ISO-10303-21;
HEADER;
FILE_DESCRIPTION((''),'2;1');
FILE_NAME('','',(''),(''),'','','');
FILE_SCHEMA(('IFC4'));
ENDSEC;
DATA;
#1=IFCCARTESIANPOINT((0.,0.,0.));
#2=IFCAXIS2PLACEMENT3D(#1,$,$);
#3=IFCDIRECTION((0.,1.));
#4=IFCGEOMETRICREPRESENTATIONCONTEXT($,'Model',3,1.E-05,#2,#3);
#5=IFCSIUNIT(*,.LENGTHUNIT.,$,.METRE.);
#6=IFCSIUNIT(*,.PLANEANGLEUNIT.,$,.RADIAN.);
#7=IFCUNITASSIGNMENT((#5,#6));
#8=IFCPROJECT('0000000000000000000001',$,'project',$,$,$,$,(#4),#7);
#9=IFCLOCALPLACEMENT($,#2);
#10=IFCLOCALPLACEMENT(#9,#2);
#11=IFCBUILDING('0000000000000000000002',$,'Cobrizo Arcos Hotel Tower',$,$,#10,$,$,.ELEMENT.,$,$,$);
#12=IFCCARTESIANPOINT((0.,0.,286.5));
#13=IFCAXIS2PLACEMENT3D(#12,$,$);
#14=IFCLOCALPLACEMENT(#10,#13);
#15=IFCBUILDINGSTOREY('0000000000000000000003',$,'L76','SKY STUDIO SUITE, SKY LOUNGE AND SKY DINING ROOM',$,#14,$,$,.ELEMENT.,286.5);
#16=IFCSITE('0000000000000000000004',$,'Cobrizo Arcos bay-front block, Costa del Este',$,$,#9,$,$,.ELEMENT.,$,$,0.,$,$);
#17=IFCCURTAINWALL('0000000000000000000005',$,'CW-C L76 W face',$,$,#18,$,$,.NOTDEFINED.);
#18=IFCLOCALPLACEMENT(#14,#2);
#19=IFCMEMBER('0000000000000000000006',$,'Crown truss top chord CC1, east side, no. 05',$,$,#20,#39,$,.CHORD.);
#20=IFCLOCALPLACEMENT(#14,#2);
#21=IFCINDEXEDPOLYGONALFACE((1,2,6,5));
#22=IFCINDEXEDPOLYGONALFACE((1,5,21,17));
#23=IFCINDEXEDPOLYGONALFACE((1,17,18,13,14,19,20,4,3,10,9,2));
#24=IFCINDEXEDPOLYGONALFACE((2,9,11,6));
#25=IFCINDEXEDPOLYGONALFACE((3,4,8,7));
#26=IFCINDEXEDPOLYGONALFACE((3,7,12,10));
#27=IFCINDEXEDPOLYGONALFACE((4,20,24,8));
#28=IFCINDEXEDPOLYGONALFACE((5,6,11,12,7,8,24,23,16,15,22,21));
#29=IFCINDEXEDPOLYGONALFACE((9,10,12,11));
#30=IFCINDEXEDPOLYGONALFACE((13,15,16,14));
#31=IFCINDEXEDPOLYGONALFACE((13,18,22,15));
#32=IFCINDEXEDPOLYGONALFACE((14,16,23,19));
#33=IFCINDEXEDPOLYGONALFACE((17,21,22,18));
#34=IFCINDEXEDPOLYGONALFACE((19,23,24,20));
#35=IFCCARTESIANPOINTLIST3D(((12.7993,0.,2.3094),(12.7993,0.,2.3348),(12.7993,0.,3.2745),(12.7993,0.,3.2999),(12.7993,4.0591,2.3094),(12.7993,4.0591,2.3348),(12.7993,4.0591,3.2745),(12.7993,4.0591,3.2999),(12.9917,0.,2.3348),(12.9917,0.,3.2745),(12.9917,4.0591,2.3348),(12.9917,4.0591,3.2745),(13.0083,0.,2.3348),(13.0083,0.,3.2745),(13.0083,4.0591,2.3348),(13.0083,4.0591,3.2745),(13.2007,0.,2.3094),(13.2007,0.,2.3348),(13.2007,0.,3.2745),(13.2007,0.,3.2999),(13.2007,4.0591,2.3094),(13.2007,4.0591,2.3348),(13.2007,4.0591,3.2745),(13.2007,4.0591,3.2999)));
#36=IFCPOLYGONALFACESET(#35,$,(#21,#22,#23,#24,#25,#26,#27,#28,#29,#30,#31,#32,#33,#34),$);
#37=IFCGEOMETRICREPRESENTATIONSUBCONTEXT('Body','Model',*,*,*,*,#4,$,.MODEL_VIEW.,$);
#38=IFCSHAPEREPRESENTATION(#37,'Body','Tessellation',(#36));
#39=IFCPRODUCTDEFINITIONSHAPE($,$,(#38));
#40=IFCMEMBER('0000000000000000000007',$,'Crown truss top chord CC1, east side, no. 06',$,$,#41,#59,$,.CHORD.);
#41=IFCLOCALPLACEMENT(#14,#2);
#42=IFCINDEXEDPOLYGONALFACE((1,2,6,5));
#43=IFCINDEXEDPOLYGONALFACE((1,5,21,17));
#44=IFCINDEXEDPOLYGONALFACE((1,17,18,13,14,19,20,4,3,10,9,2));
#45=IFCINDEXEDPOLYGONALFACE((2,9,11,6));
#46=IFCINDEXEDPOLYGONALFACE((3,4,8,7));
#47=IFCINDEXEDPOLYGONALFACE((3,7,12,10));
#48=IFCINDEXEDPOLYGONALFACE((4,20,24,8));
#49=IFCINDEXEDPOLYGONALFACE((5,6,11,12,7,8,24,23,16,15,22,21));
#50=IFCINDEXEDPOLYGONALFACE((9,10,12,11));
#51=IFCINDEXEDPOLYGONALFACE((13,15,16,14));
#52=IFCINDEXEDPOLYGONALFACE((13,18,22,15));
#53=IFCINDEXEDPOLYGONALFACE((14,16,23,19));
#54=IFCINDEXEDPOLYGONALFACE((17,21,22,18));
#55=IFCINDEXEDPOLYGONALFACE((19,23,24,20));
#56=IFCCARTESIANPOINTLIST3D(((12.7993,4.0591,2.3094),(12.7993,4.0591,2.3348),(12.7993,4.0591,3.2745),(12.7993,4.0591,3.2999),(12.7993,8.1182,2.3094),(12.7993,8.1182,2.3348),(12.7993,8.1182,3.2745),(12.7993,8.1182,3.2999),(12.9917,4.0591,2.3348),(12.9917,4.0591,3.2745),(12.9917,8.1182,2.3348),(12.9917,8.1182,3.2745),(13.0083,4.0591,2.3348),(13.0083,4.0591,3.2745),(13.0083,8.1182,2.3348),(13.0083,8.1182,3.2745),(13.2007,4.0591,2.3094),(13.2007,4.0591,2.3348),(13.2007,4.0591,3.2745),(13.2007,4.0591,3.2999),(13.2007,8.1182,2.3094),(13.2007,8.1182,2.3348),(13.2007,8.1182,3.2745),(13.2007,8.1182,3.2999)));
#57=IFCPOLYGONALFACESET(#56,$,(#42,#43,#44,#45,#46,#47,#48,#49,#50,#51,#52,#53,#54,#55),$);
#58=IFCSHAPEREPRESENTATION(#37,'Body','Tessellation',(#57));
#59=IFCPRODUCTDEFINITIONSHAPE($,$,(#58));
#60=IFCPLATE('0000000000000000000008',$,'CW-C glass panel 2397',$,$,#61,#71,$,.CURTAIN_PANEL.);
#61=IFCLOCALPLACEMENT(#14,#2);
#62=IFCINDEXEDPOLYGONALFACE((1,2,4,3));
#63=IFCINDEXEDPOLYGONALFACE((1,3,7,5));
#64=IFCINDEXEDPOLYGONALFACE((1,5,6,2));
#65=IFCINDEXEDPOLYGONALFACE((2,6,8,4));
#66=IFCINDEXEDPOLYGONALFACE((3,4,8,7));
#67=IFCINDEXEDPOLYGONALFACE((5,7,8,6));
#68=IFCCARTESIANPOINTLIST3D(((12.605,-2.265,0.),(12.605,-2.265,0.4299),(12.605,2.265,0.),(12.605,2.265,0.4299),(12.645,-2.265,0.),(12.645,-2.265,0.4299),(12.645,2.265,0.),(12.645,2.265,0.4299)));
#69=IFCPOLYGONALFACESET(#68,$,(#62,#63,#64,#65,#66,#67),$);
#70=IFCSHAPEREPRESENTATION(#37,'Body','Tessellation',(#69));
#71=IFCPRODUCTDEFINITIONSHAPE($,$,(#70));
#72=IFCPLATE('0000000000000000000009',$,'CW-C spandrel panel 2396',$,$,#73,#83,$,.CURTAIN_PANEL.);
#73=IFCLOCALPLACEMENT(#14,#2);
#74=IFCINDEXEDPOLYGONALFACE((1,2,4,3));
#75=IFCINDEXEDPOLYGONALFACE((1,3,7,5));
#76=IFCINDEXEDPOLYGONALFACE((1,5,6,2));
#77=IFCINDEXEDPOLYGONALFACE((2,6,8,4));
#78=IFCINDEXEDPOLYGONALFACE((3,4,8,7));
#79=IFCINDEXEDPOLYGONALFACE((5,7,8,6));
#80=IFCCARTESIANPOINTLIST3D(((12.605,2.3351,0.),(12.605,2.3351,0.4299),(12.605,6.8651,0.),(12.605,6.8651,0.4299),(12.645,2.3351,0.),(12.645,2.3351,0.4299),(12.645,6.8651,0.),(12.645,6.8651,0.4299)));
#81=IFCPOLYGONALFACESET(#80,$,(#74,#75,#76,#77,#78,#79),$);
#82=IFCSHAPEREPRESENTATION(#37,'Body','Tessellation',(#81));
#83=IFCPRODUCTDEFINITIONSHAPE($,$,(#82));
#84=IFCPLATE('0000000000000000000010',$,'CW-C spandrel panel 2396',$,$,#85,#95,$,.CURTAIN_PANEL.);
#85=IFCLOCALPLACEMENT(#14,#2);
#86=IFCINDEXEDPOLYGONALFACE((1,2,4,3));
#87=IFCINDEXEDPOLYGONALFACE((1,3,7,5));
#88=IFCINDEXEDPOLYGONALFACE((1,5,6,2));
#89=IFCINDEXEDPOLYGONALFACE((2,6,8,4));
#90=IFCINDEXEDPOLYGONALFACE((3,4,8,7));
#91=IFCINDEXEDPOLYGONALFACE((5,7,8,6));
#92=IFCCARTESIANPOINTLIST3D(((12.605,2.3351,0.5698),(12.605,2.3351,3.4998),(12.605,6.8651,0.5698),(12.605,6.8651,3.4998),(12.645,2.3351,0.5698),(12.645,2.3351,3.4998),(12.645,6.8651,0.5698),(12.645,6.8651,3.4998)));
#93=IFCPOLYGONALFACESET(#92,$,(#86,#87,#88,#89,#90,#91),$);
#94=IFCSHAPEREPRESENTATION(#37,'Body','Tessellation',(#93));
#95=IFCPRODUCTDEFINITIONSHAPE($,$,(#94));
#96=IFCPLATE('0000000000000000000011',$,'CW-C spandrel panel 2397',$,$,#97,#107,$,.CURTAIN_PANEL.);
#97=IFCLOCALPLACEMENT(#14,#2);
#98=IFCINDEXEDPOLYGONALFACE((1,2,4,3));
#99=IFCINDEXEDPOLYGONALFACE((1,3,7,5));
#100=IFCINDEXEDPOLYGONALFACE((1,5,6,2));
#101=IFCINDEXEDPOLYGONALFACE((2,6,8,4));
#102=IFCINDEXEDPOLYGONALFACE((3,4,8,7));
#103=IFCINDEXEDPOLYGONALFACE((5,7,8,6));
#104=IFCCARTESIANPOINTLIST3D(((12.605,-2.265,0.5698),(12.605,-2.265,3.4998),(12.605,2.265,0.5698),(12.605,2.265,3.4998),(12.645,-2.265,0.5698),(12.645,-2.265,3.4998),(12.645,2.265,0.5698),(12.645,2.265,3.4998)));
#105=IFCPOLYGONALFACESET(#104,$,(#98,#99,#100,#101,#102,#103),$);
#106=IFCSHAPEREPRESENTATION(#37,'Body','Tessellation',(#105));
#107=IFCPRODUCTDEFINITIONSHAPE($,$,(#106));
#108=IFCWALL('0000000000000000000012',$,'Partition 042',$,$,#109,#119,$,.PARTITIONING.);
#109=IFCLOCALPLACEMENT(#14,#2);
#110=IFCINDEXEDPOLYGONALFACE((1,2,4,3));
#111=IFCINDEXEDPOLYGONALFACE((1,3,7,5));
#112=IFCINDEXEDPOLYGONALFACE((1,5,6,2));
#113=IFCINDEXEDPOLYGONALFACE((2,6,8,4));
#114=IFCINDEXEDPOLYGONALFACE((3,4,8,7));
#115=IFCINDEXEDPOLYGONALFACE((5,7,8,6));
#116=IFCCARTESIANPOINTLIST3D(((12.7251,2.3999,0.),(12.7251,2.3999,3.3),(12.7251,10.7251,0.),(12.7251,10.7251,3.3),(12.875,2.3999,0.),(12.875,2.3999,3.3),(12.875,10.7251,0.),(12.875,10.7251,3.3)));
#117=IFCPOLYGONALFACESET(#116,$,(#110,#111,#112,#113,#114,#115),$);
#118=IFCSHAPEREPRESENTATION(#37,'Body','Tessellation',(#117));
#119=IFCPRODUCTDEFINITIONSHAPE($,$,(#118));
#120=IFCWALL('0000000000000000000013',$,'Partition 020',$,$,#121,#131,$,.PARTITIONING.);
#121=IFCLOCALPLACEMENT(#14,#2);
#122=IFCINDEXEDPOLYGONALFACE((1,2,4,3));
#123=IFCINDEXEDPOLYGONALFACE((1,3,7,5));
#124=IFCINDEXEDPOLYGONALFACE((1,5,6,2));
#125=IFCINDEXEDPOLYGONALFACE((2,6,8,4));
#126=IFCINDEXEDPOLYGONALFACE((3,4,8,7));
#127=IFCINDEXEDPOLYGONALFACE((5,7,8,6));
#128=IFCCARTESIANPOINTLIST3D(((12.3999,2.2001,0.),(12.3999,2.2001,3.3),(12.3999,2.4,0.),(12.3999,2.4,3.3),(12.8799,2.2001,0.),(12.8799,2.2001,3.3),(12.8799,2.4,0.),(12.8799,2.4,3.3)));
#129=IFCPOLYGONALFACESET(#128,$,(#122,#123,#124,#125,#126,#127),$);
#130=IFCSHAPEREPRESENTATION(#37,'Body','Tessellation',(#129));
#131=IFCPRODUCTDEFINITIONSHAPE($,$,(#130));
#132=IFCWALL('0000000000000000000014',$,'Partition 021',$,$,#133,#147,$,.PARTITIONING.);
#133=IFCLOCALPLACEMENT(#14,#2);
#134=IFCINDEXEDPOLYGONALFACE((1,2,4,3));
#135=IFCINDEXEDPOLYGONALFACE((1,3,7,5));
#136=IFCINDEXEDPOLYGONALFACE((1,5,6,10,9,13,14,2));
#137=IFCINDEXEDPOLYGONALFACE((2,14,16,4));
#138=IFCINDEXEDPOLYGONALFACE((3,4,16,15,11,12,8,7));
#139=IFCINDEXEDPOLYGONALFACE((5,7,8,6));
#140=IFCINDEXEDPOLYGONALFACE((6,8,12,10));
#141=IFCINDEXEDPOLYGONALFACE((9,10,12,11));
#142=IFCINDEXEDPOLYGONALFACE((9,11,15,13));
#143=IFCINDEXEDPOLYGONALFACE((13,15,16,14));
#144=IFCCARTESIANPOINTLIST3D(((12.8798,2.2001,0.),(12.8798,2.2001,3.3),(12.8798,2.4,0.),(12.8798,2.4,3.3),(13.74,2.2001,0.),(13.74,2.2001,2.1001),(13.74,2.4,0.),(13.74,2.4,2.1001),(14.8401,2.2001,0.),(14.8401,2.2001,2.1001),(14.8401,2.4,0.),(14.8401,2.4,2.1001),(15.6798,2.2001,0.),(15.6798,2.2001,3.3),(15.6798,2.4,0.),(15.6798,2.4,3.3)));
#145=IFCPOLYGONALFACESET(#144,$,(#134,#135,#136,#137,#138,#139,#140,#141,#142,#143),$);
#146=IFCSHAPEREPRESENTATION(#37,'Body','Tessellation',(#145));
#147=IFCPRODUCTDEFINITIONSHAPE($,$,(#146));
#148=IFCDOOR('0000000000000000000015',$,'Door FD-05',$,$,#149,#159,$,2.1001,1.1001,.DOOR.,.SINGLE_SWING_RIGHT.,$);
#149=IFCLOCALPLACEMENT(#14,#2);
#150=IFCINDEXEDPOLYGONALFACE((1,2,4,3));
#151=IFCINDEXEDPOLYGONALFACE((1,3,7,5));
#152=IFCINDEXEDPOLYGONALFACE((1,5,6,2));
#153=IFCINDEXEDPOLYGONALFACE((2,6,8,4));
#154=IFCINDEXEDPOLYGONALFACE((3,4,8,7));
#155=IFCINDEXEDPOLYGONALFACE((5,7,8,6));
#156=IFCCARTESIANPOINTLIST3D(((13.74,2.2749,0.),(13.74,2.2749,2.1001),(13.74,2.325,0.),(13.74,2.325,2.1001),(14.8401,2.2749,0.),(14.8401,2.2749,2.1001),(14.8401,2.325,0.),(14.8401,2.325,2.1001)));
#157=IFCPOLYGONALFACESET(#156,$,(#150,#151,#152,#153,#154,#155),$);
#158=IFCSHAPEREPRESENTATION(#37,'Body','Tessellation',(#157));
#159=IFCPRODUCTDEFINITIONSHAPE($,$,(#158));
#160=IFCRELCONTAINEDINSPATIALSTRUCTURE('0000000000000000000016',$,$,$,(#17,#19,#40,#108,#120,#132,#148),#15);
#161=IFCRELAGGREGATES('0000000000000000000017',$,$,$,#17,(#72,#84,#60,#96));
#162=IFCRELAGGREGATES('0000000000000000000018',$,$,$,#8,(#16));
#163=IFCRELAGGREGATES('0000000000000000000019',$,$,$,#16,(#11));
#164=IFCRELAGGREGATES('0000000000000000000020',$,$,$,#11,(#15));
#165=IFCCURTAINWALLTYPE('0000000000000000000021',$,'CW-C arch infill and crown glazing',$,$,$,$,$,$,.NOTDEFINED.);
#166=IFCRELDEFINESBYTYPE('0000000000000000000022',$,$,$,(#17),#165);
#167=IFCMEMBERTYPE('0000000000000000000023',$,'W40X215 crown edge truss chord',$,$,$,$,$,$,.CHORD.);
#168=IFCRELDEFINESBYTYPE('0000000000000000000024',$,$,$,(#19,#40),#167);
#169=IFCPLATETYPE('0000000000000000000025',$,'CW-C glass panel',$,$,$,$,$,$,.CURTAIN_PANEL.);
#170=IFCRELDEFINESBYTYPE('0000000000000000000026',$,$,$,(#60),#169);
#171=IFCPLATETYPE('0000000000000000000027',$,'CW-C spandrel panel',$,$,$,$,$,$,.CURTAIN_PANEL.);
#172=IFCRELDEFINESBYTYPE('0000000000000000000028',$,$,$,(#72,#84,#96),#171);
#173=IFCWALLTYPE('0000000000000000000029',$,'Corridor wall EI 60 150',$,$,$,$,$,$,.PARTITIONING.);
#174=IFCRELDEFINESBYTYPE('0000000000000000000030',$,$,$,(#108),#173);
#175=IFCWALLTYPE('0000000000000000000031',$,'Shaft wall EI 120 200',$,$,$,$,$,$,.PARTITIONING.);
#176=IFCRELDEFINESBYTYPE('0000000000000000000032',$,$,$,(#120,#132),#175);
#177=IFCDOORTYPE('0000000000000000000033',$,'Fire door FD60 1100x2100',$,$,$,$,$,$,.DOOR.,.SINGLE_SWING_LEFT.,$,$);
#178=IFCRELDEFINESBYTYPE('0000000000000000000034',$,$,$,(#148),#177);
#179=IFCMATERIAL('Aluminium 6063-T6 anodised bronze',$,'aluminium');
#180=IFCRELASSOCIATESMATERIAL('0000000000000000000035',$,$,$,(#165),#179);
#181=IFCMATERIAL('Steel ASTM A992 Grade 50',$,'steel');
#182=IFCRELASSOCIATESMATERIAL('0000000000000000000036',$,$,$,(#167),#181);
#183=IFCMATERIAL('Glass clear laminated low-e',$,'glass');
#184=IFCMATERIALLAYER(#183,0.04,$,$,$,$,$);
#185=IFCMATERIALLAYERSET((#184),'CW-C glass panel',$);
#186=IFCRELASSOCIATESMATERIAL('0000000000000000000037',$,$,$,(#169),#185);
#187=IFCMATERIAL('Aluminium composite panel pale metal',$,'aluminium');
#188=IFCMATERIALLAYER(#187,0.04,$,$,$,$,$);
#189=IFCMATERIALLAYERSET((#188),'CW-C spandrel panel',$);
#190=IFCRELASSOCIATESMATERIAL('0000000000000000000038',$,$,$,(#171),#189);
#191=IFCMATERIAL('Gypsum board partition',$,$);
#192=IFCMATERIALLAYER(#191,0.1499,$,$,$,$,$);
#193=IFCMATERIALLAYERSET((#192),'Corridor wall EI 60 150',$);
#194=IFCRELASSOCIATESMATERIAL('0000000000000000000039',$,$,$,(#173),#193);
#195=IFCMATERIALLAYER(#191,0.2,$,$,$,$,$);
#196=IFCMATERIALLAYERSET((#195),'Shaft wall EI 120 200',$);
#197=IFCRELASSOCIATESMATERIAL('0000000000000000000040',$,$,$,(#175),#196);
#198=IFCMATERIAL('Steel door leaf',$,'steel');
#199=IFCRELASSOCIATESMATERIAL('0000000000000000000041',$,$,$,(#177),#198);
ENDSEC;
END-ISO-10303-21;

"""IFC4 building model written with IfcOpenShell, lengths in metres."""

from ifc_helpers import new_model, si_unit, direction, frame, frame_2d, origin, origin_2d, place, context, subcontext, project, spatial, rectangle, i_section, extrude, material, layer, layer_set, material_profile, profile_set, type_object, element, fill, aggregate, save


model = new_model("IFC4")

# Units and contexts
model_context = context("Model", 3, precision=1e-05, world=origin(), true_north=direction((0.0, 1.0)))
body_context = subcontext(model_context, "Body", "Model", "MODEL_VIEW")
ifc_project = project(units=[si_unit("LENGTHUNIT", "METRE"), si_unit("PLANEANGLEUNIT", "RADIAN")], contexts=[model_context])

# Site, building, storey
site_placement = place(None, origin())
site = spatial("IfcSite", under=ifc_project, at=site_placement, Name="Cobrizo Arcos bay-front block, Costa del Este", CompositionType="ELEMENT", RefElevation=0.0)
building_placement = place(site_placement, origin())
building = spatial("IfcBuilding", under=site, at=building_placement, Name="Cobrizo Arcos Hotel Tower", CompositionType="ELEMENT")
storey_placement = place(building_placement, frame((0.0, 0.0, 286.5)))
storey = spatial("IfcBuildingStorey", under=building, at=storey_placement, Name="L76", Description="SKY STUDIO SUITE, SKY LOUNGE AND SKY DINING ROOM", CompositionType="ELEMENT", Elevation=286.5)

# Curtain wall
ifc_material_1 = material(Name="Aluminium 6063-T6 anodised bronze", Category="aluminium")
curtain_wall_type = type_object("IfcCurtainWallType", Name="CW-C arch infill and crown glazing", PredefinedType="NOTDEFINED", material=ifc_material_1)
curtain_wall_placement = place(storey_placement, origin())
curtain_wall = element("IfcCurtainWall", 1, at=curtain_wall_placement, inside=storey, type_object=curtain_wall_type, Name="CW-C L76 W face", PredefinedType="NOTDEFINED")

# Shared definitions
ifc_material_2 = material(Name="Steel ASTM A992 Grade 50", Category="steel")

# Members
ifc_material_profile_1 = material_profile(ifc_material_2, i_section(OverallWidth=0.4014, OverallDepth=0.9905, WebThickness=0.0166, FlangeThickness=0.0254, at=origin_2d()), Name="W40X215")
ifc_profile_set_1 = profile_set([ifc_material_profile_1], Name="Steel ASTM A992 Grade 50")
member_type_1 = type_object("IfcMemberType", Name="W40X215 crown edge truss chord", PredefinedType="CHORD", material=ifc_profile_set_1)
for number, where, z_axis, x_axis, name in (
    (2, (13.0, 0.0, 2.8047), (0.0, 1.0, 0.0), (-1.0, 0.0, 0.0), "Crown truss top chord CC1, east side, no. 05"),
    (3, (13.0, 4.0591, 2.8047), (0.0, 1.0, 0.0), (-1.0, 0.0, 0.0), "Crown truss top chord CC1, east side, no. 06"),
):
    element("IfcMember", number, at=place(storey_placement, frame(where, z_axis=z_axis, x_axis=x_axis)), inside=storey, type_object=member_type_1, Name=name, PredefinedType="CHORD", context=body_context, shape_type="SweptSolid", body=[
        extrude(i_section(OverallWidth=0.4014, OverallDepth=0.9905, WebThickness=0.0166, FlangeThickness=0.0254, at=origin_2d()), origin(), (0.0, 0.0, 1.0), 4.0591),
    ])

# Plates
ifc_material_3 = material(Name="Glass clear laminated low-e", Category="glass")
ifc_layer_1 = layer(ifc_material_3, 0.04)
ifc_layer_set_1 = layer_set([ifc_layer_1], Name="CW-C glass panel")
plate_type_1 = type_object("IfcPlateType", Name="CW-C glass panel", PredefinedType="CURTAIN_PANEL", material=ifc_layer_set_1)
plate_1_placement = place(storey_placement, frame((12.625, 0.0, 0.0), z_axis=(0.0, 0.0, 1.0), x_axis=(0.0, -1.0, 0.0)))
plate_1 = element("IfcPlate", 4, at=plate_1_placement, type_object=plate_type_1, Name="CW-C glass panel 2397", PredefinedType="CURTAIN_PANEL", context=body_context, shape_type="SweptSolid", body=[
    extrude(rectangle(XDim=4.53, YDim=0.04, at=origin_2d()), origin(), (0.0, 0.0, 1.0), 0.4299),
])
ifc_material_4 = material(Name="Aluminium composite panel pale metal", Category="aluminium")
ifc_layer_2 = layer(ifc_material_4, 0.04)
ifc_layer_set_2 = layer_set([ifc_layer_2], Name="CW-C spandrel panel")
plate_type_2 = type_object("IfcPlateType", Name="CW-C spandrel panel", PredefinedType="CURTAIN_PANEL", material=ifc_layer_set_2)
plate_2_placement = place(storey_placement, frame((12.625, 4.6001, 0.0), z_axis=(0.0, 0.0, 1.0), x_axis=(0.0, -1.0, 0.0)))
plate_2 = element("IfcPlate", 5, at=plate_2_placement, type_object=plate_type_2, Name="CW-C spandrel panel 2396", PredefinedType="CURTAIN_PANEL", context=body_context, shape_type="SweptSolid", body=[
    extrude(rectangle(XDim=4.53, YDim=0.04, at=origin_2d()), origin(), (0.0, 0.0, 1.0), 0.4299),
])
plate_3_placement = place(storey_placement, frame((12.625, 4.6001, 0.5698), z_axis=(0.0, 0.0, 1.0), x_axis=(0.0, -1.0, 0.0)))
plate_3 = element("IfcPlate", 6, at=plate_3_placement, type_object=plate_type_2, Name="CW-C spandrel panel 2396", PredefinedType="CURTAIN_PANEL", context=body_context, shape_type="SweptSolid", body=[
    extrude(rectangle(XDim=4.53, YDim=0.04, at=origin_2d()), origin(), (0.0, 0.0, 1.0), 2.9299),
])
plate_4_placement = place(storey_placement, frame((12.625, 0.0, 0.5698), z_axis=(0.0, 0.0, 1.0), x_axis=(0.0, -1.0, 0.0)))
plate_4 = element("IfcPlate", 7, at=plate_4_placement, type_object=plate_type_2, Name="CW-C spandrel panel 2397", PredefinedType="CURTAIN_PANEL", context=body_context, shape_type="SweptSolid", body=[
    extrude(rectangle(XDim=4.53, YDim=0.04, at=origin_2d()), origin(), (0.0, 0.0, 1.0), 2.9299),
])
aggregate(curtain_wall, [plate_2, plate_3, plate_1, plate_4])

# Walls
ifc_material_5 = material(Name="Gypsum board partition")
ifc_layer_3 = layer(ifc_material_5, 0.1499)
ifc_layer_set_3 = layer_set([ifc_layer_3], Name="Corridor wall EI 60 150")
wall_type_1 = type_object("IfcWallType", Name="Corridor wall EI 60 150", PredefinedType="PARTITIONING", material=ifc_layer_set_3)
wall_1_placement = place(storey_placement, frame((12.8, 2.3999, 0.0), z_axis=(0.0, 0.0, 1.0), x_axis=(0.0, 1.0, 0.0)))
element("IfcWall", 8, at=wall_1_placement, inside=storey, type_object=wall_type_1, Name="Partition 042", PredefinedType="PARTITIONING", context=body_context, shape_type="SweptSolid", body=[
    extrude(rectangle(XDim=8.3252, YDim=0.1499, at=frame_2d((4.1626, 0.0))), origin(), (0.0, 0.0, 1.0), 3.3),
])
ifc_layer_4 = layer(ifc_material_5, 0.2)
ifc_layer_set_4 = layer_set([ifc_layer_4], Name="Shaft wall EI 120 200")
wall_type_2 = type_object("IfcWallType", Name="Shaft wall EI 120 200", PredefinedType="PARTITIONING", material=ifc_layer_set_4)
wall_2_placement = place(storey_placement, frame((12.3999, 2.3, 0.0), z_axis=(0.0, 0.0, 1.0), x_axis=(1.0, 0.0, 0.0)))
element("IfcWall", 9, at=wall_2_placement, inside=storey, type_object=wall_type_2, Name="Partition 020", PredefinedType="PARTITIONING", context=body_context, shape_type="SweptSolid", body=[
    extrude(rectangle(XDim=0.48, YDim=0.2, at=frame_2d((0.24, 0.0))), origin(), (0.0, 0.0, 1.0), 3.3),
])

# Wall, opening, door
wall_3_placement = place(storey_placement, frame((12.8799, 2.3, 0.0), z_axis=(0.0, 0.0, 1.0), x_axis=(1.0, 0.0, 0.0)))
wall_3 = element("IfcWall", 10, at=wall_3_placement, inside=storey, type_object=wall_type_2, Name="Partition 021", PredefinedType="PARTITIONING", context=body_context, shape_type="SweptSolid", body=[
    extrude(rectangle(XDim=2.8, YDim=0.2, at=frame_2d((1.3999, 0.0))), origin(), (0.0, 0.0, 1.0), 3.3),
])
opening_placement = place(wall_3_placement, frame((0.8601, 0.0, 0.0)))
opening = element("IfcOpeningElement", 11, at=opening_placement, cuts=wall_3, PredefinedType="OPENING", context=body_context, shape_type="SweptSolid", body=[
    extrude(rectangle(XDim=1.1001, YDim=2.1001, at=frame_2d((0.55, 1.05))), frame((0.0, 0.1121, 0.0), z_axis=(0.0, -1.0, 0.0), x_axis=(1.0, 0.0, 0.0)), (0.0, 0.0, 1.0), 0.2239),
])
ifc_material_6 = material(Name="Steel door leaf", Category="steel")
door_type = type_object("IfcDoorType", Name="Fire door FD60 1100x2100", OperationType="SINGLE_SWING_LEFT", PredefinedType="DOOR", material=ifc_material_6)
door_placement = place(opening_placement, origin())
door = element("IfcDoor", 12, at=door_placement, inside=storey, type_object=door_type, Name="Door FD-05", OperationType="SINGLE_SWING_RIGHT", OverallHeight=2.1001, OverallWidth=1.1001, PredefinedType="DOOR", context=body_context, shape_type="SweptSolid", body=[
    extrude(rectangle(XDim=1.1001, YDim=2.1001, at=frame_2d((0.55, 1.05))), frame((0.0, 0.0249, 0.0), z_axis=(0.0, -1.0, 0.0), x_axis=(1.0, 0.0, 0.0)), (0.0, 0.0, 1.0), 0.05),
])
fill(opening, door)

save(model, "model.ifc")
